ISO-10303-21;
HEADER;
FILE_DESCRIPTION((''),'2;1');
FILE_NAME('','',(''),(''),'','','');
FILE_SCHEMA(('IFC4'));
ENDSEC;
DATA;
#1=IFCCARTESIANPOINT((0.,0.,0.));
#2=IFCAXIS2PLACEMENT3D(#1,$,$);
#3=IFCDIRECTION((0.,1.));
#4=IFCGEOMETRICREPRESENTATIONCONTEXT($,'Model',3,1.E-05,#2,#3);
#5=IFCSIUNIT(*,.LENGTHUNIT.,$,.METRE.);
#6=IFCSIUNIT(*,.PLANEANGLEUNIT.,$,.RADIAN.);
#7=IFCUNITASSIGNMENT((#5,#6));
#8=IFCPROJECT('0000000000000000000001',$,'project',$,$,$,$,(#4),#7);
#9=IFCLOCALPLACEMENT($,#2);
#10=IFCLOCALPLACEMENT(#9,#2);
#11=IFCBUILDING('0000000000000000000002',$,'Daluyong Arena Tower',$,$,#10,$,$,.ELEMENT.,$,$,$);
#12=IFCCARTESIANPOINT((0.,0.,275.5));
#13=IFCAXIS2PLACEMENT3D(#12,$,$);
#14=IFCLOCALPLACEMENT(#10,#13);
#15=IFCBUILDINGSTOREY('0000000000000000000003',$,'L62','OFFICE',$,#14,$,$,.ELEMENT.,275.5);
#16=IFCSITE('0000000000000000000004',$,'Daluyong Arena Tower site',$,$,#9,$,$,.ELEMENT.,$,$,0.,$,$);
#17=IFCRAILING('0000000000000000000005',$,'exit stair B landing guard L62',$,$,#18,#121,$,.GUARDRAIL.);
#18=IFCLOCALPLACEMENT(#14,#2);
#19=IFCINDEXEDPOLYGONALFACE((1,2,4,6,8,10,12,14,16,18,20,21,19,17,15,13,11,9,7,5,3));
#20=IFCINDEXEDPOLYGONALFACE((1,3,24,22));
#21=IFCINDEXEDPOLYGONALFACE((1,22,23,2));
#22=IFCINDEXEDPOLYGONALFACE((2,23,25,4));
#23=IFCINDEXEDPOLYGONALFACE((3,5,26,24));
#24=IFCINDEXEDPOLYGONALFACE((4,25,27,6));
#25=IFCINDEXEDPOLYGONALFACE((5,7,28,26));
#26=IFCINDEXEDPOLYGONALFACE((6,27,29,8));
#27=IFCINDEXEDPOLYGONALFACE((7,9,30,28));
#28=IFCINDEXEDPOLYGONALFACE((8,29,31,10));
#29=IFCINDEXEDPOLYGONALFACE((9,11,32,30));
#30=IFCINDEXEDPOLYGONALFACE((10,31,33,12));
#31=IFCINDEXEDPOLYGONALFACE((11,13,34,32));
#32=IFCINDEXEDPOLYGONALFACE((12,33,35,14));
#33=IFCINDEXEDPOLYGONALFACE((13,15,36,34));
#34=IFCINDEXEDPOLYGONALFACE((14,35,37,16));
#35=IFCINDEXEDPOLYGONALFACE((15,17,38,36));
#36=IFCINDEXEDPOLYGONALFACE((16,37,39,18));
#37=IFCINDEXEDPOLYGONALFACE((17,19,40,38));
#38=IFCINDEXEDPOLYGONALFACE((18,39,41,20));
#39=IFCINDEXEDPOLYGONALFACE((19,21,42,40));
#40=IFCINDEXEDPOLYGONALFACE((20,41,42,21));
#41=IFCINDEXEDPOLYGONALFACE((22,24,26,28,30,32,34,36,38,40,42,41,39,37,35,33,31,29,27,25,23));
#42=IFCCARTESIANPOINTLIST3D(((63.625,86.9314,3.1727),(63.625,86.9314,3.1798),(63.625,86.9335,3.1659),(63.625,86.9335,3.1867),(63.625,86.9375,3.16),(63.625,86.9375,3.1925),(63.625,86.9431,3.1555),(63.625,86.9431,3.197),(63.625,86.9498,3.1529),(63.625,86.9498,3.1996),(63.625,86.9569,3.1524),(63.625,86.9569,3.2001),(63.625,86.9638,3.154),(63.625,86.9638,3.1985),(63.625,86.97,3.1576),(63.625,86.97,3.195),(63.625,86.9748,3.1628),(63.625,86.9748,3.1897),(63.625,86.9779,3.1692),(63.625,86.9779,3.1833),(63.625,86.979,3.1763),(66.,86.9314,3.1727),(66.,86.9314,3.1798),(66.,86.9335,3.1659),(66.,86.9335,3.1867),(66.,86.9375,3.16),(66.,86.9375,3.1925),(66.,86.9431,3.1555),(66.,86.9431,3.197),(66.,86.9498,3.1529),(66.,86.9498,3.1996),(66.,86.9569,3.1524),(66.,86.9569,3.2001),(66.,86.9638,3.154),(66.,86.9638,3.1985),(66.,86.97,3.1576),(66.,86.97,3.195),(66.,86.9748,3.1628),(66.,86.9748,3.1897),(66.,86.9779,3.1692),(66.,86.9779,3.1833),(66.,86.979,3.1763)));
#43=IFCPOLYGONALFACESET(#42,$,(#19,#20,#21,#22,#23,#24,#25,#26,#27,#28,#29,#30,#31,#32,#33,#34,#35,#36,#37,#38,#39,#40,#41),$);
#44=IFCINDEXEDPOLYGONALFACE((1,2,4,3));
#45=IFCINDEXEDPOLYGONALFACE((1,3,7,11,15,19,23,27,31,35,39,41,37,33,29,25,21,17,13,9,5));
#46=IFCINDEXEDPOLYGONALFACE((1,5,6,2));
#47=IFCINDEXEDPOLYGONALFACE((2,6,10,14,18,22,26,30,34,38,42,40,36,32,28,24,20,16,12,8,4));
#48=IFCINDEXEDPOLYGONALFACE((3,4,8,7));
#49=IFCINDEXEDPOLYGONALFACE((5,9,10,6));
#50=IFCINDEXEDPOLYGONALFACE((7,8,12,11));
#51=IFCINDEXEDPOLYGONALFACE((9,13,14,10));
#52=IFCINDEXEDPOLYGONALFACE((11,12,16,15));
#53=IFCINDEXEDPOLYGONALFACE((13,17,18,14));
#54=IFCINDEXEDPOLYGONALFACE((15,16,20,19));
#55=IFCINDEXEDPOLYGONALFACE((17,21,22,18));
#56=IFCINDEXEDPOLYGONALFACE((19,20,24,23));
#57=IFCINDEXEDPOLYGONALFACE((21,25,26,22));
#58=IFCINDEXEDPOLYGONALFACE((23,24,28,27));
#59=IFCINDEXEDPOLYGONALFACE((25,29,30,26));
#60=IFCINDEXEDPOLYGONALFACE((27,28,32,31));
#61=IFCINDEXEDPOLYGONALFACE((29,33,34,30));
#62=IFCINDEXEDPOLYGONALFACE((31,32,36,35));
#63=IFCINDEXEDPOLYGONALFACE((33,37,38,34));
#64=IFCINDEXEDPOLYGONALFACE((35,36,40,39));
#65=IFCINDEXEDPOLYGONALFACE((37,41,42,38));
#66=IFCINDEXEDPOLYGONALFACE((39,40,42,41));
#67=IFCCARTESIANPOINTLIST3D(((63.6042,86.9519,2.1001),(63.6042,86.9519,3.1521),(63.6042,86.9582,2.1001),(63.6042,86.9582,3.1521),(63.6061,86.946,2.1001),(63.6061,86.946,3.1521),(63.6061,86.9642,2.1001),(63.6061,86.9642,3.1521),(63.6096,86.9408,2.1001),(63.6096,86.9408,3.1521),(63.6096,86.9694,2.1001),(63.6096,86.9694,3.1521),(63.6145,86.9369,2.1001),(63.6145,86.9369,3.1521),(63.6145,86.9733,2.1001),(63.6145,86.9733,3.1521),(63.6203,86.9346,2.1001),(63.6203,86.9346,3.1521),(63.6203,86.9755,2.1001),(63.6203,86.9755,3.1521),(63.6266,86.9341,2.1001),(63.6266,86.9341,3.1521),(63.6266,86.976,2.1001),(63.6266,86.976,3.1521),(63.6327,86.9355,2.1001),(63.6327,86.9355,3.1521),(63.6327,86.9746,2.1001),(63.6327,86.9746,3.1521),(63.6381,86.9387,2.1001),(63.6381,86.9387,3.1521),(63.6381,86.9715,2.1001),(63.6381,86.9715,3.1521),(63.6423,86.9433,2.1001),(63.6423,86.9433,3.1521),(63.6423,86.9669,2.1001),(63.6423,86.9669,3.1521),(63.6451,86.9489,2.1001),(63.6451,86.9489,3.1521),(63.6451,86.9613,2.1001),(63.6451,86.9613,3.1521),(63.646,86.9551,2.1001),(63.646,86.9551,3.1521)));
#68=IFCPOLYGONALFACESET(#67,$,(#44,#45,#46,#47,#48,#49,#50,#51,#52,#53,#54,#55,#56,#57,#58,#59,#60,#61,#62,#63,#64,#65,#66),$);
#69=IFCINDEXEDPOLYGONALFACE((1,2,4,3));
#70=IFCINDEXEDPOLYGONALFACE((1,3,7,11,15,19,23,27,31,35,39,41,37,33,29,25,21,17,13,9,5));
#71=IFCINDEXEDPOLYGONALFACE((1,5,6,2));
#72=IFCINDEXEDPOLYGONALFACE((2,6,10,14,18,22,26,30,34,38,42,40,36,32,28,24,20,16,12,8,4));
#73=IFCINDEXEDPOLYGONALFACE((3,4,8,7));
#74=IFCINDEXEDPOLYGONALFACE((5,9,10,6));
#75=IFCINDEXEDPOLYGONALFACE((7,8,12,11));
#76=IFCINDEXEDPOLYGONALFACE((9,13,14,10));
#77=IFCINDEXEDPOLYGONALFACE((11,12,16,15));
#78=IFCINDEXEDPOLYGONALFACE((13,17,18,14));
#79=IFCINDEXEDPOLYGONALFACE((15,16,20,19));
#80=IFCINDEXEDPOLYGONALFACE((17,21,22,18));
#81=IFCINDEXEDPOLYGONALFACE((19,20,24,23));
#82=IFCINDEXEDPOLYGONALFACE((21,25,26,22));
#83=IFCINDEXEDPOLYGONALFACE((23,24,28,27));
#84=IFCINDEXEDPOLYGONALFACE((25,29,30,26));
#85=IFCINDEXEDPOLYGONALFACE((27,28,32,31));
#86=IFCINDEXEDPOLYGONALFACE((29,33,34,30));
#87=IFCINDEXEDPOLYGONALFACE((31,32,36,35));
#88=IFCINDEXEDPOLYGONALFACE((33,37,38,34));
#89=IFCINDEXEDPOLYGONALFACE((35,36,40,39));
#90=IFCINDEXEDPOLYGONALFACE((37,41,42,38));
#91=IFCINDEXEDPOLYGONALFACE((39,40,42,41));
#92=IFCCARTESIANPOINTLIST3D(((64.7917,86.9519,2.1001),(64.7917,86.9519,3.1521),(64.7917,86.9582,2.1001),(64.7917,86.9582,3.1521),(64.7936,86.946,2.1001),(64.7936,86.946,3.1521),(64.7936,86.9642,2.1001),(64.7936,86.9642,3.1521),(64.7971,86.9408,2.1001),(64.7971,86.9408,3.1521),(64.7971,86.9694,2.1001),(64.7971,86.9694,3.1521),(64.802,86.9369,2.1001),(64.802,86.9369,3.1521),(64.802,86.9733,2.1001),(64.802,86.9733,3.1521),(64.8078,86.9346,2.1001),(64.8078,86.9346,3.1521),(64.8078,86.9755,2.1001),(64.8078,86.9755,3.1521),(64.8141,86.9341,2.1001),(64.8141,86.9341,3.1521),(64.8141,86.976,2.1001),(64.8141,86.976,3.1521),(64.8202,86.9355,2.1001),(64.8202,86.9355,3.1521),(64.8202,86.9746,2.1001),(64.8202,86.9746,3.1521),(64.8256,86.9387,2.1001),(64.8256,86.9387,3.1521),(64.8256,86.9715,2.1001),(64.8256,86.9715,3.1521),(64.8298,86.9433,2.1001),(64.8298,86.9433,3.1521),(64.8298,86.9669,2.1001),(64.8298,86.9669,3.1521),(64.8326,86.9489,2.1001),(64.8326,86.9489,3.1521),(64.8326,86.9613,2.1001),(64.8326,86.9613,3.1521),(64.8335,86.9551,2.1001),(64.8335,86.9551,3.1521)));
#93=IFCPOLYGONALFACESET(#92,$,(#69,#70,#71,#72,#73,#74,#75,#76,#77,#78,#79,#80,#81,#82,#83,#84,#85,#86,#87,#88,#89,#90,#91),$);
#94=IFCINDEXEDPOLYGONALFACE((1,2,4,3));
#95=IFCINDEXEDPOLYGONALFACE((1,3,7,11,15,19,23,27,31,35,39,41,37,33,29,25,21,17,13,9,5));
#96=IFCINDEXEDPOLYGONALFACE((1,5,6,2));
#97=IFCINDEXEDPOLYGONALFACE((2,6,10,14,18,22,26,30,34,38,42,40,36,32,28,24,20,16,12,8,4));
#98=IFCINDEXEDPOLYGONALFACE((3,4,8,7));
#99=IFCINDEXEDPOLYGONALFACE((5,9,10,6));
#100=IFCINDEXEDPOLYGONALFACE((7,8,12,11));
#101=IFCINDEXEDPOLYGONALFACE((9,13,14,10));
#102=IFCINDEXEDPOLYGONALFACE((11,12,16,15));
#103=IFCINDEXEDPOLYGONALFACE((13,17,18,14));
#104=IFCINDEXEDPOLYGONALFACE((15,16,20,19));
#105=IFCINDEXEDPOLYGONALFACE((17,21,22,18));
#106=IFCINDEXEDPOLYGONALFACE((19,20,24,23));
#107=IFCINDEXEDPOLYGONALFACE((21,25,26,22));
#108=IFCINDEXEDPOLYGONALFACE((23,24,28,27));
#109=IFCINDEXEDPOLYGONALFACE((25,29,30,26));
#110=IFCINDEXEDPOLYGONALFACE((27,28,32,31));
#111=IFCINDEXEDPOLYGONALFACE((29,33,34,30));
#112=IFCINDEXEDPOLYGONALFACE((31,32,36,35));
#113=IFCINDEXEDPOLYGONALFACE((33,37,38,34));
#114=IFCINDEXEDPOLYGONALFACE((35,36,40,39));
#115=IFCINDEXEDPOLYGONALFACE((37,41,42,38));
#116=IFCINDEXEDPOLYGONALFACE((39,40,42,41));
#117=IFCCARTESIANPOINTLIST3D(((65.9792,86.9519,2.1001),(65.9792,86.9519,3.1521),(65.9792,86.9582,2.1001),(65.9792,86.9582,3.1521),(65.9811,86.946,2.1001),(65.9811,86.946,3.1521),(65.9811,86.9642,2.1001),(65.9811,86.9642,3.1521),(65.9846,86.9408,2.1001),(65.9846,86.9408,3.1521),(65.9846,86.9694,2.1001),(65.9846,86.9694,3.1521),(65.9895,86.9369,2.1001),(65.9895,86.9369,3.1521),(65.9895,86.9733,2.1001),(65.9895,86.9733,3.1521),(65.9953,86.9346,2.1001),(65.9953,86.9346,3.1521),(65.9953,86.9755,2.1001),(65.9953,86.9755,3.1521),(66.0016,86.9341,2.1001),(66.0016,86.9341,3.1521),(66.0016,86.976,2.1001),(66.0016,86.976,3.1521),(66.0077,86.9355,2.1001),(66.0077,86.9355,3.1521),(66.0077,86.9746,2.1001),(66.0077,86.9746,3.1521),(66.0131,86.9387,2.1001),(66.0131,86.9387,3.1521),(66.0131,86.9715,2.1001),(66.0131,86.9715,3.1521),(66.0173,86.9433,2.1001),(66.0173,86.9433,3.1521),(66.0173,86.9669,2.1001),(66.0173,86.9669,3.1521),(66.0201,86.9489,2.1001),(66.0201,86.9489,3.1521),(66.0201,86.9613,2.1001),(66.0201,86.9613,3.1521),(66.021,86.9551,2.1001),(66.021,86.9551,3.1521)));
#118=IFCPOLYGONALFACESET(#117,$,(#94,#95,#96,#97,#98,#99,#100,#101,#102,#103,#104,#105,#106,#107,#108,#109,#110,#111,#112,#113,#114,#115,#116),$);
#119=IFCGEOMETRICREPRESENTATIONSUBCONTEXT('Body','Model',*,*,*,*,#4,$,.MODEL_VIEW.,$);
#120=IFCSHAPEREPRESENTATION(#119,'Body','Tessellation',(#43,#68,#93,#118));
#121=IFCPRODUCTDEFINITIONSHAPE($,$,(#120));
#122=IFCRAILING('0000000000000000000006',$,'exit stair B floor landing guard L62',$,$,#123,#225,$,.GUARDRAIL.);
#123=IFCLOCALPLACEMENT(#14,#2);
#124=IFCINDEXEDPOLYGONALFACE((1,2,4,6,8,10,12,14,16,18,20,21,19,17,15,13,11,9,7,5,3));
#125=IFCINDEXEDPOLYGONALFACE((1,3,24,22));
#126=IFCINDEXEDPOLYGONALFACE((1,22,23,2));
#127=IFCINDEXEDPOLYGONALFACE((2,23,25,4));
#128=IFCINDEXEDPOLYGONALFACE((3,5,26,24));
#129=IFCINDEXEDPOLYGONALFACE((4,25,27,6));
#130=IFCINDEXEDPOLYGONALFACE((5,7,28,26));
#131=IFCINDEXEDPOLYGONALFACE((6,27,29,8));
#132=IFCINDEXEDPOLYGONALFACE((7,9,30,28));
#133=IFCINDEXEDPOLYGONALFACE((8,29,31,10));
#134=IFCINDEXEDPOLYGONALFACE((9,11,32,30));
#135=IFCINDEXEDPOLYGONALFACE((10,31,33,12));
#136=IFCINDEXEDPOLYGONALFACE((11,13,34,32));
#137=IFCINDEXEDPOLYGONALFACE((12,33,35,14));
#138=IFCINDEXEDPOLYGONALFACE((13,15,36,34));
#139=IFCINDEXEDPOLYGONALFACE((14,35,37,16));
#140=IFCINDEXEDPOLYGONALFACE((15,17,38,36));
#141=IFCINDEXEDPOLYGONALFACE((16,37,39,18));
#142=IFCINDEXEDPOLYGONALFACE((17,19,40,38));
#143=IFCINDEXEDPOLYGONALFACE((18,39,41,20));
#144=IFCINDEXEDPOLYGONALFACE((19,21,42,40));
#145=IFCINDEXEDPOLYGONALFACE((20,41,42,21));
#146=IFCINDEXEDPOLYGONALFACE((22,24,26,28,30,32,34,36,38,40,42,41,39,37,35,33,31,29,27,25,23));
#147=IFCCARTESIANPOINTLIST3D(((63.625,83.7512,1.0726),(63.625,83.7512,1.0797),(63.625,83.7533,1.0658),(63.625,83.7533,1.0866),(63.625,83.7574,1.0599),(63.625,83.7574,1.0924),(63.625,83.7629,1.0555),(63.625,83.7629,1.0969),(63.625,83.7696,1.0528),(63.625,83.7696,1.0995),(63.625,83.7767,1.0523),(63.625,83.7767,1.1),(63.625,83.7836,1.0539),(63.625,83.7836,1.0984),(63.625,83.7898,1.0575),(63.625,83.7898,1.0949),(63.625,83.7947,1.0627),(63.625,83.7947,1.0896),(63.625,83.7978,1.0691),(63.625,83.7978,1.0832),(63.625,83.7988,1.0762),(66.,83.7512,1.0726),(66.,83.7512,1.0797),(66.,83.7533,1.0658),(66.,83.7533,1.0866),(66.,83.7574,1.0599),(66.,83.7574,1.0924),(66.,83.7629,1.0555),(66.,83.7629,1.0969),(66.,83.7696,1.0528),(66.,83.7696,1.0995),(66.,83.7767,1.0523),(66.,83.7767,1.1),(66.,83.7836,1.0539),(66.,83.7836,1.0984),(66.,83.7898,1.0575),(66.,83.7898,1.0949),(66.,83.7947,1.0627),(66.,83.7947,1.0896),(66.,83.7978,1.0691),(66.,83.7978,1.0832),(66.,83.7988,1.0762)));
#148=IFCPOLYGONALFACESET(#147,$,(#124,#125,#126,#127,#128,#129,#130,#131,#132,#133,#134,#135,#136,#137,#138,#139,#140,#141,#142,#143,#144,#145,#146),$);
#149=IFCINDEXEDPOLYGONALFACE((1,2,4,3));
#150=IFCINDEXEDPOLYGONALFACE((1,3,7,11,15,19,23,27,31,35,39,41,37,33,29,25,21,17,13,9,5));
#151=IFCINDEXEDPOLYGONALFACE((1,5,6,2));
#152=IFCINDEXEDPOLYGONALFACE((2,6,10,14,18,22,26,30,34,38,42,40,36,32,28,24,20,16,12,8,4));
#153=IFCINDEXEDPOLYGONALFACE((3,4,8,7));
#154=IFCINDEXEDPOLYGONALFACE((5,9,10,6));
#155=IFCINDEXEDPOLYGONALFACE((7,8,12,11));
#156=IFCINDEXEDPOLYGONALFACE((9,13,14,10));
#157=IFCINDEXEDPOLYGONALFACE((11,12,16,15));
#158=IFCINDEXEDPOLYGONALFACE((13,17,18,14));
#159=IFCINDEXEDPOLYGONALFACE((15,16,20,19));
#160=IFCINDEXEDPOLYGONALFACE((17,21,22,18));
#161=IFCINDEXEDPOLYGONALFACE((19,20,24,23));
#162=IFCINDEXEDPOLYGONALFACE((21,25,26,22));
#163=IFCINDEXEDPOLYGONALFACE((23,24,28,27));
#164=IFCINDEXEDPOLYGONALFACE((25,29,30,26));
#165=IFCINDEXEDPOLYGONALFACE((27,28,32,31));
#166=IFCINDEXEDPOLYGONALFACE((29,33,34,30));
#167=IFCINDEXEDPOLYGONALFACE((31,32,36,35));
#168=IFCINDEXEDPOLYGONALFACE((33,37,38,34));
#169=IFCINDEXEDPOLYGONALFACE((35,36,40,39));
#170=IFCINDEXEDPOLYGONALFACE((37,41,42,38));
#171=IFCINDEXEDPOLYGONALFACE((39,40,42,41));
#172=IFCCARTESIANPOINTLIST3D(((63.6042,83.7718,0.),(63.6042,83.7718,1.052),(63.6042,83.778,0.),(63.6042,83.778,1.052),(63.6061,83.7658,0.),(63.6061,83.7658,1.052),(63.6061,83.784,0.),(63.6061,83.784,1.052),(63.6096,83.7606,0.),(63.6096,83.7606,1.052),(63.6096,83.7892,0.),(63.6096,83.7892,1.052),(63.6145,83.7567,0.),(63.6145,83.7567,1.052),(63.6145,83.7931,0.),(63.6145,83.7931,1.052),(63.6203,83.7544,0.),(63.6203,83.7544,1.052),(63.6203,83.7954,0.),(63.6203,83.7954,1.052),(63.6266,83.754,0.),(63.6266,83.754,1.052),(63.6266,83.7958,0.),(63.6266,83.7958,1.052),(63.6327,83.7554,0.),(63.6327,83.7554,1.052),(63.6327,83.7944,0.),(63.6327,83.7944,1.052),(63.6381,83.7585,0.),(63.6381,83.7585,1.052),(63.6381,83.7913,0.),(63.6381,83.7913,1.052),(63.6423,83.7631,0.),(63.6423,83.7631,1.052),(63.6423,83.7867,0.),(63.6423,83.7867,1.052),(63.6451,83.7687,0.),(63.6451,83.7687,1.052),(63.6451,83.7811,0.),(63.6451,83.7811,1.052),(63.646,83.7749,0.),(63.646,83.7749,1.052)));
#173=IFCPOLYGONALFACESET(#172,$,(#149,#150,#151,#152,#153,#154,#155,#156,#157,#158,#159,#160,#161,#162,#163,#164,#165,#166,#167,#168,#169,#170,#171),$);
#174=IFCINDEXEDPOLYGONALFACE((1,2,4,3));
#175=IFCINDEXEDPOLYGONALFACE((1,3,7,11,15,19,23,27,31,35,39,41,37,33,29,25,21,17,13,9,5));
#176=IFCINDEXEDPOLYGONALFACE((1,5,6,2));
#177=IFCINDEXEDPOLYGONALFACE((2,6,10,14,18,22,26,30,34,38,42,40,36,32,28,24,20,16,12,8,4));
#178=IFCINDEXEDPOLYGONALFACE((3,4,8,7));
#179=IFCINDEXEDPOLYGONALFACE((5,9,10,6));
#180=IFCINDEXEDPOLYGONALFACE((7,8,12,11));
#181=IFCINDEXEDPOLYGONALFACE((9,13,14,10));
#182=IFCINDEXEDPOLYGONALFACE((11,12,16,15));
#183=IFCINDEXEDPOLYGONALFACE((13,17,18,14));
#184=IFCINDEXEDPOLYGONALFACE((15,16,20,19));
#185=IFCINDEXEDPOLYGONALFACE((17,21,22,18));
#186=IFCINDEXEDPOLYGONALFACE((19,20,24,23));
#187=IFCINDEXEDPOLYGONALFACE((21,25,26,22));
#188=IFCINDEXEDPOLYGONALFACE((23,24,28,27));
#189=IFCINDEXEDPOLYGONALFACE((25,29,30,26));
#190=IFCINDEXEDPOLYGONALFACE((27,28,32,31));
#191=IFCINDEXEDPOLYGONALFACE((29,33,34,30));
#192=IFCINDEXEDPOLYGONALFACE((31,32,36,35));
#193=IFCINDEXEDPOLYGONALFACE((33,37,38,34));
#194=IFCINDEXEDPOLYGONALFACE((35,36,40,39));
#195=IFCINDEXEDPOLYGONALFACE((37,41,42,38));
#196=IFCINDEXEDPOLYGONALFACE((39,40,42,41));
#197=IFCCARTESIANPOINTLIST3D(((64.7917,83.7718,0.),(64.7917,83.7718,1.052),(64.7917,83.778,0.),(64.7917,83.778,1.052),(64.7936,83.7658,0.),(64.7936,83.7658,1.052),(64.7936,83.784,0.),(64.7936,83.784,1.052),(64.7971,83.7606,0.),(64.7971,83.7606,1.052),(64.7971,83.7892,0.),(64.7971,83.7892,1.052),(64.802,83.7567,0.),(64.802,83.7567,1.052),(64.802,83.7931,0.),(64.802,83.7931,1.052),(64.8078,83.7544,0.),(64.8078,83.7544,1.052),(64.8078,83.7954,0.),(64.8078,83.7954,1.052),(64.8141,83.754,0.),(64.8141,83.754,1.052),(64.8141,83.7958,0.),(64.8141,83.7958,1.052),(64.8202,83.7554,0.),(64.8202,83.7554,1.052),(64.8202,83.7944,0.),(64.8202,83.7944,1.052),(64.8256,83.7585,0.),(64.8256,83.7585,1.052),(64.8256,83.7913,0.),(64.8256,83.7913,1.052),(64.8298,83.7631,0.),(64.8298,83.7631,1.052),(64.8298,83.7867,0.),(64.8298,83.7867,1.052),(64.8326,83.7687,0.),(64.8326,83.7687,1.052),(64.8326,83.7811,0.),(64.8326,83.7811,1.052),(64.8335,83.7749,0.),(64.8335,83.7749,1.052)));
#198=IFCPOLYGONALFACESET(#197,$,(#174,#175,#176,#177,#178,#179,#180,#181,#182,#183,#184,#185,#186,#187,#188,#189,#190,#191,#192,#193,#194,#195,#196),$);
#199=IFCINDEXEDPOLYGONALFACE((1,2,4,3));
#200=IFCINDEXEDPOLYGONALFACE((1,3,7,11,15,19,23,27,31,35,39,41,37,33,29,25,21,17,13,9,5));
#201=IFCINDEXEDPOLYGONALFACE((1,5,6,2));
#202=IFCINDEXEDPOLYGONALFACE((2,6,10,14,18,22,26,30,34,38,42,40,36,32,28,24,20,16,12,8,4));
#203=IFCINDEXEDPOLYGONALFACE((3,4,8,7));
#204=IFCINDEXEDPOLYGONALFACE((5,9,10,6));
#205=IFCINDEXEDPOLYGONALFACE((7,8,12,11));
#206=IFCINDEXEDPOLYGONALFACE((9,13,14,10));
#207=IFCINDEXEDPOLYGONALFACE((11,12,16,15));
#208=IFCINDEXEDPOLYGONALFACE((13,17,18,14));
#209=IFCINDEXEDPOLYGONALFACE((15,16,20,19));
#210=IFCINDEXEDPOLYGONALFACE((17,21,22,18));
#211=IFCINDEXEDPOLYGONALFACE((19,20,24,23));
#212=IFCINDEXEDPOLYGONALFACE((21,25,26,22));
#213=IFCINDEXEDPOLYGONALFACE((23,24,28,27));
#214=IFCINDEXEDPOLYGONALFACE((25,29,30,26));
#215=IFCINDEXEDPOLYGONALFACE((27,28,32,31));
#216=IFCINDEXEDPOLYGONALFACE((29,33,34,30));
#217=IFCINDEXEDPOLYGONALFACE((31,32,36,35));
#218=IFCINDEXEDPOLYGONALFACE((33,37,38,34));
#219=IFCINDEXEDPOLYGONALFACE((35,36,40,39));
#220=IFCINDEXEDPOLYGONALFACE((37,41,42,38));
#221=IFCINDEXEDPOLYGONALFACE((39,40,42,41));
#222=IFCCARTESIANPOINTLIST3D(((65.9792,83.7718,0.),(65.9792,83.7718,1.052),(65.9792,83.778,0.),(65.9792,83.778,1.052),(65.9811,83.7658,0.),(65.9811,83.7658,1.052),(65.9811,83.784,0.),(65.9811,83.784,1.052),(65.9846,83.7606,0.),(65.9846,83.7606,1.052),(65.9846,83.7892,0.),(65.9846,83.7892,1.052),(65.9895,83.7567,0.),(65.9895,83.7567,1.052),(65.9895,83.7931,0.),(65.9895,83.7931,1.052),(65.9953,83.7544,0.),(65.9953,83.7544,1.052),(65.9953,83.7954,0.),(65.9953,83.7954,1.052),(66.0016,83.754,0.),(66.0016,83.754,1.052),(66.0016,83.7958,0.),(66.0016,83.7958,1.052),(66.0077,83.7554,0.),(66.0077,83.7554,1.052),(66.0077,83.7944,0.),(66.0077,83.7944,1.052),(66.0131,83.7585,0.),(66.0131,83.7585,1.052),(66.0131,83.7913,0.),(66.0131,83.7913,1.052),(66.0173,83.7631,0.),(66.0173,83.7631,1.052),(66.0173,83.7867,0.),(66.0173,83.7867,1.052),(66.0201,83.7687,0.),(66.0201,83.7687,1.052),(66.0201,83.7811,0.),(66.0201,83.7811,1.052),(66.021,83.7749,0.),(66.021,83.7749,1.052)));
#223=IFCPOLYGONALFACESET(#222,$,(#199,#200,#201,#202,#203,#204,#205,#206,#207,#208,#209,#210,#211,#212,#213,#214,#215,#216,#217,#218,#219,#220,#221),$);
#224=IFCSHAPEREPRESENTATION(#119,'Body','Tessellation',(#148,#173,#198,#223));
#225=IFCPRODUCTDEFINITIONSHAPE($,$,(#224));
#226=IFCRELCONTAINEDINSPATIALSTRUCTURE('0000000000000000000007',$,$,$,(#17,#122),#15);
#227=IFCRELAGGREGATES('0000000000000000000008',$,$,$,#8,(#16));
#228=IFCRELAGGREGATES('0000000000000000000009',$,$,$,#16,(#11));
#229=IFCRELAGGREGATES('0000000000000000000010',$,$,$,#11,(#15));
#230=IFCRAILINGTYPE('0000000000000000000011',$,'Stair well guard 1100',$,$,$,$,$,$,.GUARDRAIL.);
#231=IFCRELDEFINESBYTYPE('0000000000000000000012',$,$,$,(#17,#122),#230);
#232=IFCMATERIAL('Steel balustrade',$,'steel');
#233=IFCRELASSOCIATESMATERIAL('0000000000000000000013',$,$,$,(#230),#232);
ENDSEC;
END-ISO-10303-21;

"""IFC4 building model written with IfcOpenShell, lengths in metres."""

from ifc_helpers import new_model, si_unit, direction, frame, origin, origin_2d, place, context, subcontext, project, spatial, circle, extrude, material, type_object, element, save


model = new_model("IFC4")

# Units and contexts
model_context = context("Model", 3, precision=1e-05, world=origin(), true_north=direction((0.0, 1.0)))
body_context = subcontext(model_context, "Body", "Model", "MODEL_VIEW")
ifc_project = project(units=[si_unit("LENGTHUNIT", "METRE"), si_unit("PLANEANGLEUNIT", "RADIAN")], contexts=[model_context])

# Site, building, storey
site_placement = place(None, origin())
site = spatial("IfcSite", under=ifc_project, at=site_placement, Name="Daluyong Arena Tower site", CompositionType="ELEMENT", RefElevation=0.0)
building_placement = place(site_placement, origin())
building = spatial("IfcBuilding", under=site, at=building_placement, Name="Daluyong Arena Tower", CompositionType="ELEMENT")
storey_placement = place(building_placement, frame((0.0, 0.0, 275.5)))
storey = spatial("IfcBuildingStorey", under=building, at=storey_placement, Name="L62", Description="OFFICE", CompositionType="ELEMENT", Elevation=275.5)

# Railings
ifc_material_1 = material(Name="Steel balustrade", Category="steel")
railing_type_1 = type_object("IfcRailingType", Name="Stair well guard 1100", PredefinedType="GUARDRAIL", material=ifc_material_1)
for number, where, name in (
    (1, (63.625, 86.9551, 2.1001), "exit stair B landing guard L62"),
    (2, (63.625, 83.7749, 0.0), "exit stair B floor landing guard L62"),
):
    element("IfcRailing", number, at=place(storey_placement, frame(where)), inside=storey, type_object=railing_type_1, Name=name, PredefinedType="GUARDRAIL", context=body_context, shape_type="SweptSolid", body=[
        extrude(circle(Radius=0.0239, at=origin_2d()), frame((0.0, 0.0, 1.0762), z_axis=(1.0, 0.0, 0.0), x_axis=(0.0, 1.0, 0.0)), (0.0, 0.0, 1.0), 2.375),
        extrude(circle(Radius=0.021, at=origin_2d()), origin(), (0.0, 0.0, 1.0), 1.052),
        extrude(circle(Radius=0.021, at=origin_2d()), frame((1.1875, 0.0, 0.0)), (0.0, 0.0, 1.0), 1.052),
        extrude(circle(Radius=0.021, at=origin_2d()), frame((2.375, 0.0, 0.0)), (0.0, 0.0, 1.0), 1.052),
    ])

save(model, "model.ifc")
